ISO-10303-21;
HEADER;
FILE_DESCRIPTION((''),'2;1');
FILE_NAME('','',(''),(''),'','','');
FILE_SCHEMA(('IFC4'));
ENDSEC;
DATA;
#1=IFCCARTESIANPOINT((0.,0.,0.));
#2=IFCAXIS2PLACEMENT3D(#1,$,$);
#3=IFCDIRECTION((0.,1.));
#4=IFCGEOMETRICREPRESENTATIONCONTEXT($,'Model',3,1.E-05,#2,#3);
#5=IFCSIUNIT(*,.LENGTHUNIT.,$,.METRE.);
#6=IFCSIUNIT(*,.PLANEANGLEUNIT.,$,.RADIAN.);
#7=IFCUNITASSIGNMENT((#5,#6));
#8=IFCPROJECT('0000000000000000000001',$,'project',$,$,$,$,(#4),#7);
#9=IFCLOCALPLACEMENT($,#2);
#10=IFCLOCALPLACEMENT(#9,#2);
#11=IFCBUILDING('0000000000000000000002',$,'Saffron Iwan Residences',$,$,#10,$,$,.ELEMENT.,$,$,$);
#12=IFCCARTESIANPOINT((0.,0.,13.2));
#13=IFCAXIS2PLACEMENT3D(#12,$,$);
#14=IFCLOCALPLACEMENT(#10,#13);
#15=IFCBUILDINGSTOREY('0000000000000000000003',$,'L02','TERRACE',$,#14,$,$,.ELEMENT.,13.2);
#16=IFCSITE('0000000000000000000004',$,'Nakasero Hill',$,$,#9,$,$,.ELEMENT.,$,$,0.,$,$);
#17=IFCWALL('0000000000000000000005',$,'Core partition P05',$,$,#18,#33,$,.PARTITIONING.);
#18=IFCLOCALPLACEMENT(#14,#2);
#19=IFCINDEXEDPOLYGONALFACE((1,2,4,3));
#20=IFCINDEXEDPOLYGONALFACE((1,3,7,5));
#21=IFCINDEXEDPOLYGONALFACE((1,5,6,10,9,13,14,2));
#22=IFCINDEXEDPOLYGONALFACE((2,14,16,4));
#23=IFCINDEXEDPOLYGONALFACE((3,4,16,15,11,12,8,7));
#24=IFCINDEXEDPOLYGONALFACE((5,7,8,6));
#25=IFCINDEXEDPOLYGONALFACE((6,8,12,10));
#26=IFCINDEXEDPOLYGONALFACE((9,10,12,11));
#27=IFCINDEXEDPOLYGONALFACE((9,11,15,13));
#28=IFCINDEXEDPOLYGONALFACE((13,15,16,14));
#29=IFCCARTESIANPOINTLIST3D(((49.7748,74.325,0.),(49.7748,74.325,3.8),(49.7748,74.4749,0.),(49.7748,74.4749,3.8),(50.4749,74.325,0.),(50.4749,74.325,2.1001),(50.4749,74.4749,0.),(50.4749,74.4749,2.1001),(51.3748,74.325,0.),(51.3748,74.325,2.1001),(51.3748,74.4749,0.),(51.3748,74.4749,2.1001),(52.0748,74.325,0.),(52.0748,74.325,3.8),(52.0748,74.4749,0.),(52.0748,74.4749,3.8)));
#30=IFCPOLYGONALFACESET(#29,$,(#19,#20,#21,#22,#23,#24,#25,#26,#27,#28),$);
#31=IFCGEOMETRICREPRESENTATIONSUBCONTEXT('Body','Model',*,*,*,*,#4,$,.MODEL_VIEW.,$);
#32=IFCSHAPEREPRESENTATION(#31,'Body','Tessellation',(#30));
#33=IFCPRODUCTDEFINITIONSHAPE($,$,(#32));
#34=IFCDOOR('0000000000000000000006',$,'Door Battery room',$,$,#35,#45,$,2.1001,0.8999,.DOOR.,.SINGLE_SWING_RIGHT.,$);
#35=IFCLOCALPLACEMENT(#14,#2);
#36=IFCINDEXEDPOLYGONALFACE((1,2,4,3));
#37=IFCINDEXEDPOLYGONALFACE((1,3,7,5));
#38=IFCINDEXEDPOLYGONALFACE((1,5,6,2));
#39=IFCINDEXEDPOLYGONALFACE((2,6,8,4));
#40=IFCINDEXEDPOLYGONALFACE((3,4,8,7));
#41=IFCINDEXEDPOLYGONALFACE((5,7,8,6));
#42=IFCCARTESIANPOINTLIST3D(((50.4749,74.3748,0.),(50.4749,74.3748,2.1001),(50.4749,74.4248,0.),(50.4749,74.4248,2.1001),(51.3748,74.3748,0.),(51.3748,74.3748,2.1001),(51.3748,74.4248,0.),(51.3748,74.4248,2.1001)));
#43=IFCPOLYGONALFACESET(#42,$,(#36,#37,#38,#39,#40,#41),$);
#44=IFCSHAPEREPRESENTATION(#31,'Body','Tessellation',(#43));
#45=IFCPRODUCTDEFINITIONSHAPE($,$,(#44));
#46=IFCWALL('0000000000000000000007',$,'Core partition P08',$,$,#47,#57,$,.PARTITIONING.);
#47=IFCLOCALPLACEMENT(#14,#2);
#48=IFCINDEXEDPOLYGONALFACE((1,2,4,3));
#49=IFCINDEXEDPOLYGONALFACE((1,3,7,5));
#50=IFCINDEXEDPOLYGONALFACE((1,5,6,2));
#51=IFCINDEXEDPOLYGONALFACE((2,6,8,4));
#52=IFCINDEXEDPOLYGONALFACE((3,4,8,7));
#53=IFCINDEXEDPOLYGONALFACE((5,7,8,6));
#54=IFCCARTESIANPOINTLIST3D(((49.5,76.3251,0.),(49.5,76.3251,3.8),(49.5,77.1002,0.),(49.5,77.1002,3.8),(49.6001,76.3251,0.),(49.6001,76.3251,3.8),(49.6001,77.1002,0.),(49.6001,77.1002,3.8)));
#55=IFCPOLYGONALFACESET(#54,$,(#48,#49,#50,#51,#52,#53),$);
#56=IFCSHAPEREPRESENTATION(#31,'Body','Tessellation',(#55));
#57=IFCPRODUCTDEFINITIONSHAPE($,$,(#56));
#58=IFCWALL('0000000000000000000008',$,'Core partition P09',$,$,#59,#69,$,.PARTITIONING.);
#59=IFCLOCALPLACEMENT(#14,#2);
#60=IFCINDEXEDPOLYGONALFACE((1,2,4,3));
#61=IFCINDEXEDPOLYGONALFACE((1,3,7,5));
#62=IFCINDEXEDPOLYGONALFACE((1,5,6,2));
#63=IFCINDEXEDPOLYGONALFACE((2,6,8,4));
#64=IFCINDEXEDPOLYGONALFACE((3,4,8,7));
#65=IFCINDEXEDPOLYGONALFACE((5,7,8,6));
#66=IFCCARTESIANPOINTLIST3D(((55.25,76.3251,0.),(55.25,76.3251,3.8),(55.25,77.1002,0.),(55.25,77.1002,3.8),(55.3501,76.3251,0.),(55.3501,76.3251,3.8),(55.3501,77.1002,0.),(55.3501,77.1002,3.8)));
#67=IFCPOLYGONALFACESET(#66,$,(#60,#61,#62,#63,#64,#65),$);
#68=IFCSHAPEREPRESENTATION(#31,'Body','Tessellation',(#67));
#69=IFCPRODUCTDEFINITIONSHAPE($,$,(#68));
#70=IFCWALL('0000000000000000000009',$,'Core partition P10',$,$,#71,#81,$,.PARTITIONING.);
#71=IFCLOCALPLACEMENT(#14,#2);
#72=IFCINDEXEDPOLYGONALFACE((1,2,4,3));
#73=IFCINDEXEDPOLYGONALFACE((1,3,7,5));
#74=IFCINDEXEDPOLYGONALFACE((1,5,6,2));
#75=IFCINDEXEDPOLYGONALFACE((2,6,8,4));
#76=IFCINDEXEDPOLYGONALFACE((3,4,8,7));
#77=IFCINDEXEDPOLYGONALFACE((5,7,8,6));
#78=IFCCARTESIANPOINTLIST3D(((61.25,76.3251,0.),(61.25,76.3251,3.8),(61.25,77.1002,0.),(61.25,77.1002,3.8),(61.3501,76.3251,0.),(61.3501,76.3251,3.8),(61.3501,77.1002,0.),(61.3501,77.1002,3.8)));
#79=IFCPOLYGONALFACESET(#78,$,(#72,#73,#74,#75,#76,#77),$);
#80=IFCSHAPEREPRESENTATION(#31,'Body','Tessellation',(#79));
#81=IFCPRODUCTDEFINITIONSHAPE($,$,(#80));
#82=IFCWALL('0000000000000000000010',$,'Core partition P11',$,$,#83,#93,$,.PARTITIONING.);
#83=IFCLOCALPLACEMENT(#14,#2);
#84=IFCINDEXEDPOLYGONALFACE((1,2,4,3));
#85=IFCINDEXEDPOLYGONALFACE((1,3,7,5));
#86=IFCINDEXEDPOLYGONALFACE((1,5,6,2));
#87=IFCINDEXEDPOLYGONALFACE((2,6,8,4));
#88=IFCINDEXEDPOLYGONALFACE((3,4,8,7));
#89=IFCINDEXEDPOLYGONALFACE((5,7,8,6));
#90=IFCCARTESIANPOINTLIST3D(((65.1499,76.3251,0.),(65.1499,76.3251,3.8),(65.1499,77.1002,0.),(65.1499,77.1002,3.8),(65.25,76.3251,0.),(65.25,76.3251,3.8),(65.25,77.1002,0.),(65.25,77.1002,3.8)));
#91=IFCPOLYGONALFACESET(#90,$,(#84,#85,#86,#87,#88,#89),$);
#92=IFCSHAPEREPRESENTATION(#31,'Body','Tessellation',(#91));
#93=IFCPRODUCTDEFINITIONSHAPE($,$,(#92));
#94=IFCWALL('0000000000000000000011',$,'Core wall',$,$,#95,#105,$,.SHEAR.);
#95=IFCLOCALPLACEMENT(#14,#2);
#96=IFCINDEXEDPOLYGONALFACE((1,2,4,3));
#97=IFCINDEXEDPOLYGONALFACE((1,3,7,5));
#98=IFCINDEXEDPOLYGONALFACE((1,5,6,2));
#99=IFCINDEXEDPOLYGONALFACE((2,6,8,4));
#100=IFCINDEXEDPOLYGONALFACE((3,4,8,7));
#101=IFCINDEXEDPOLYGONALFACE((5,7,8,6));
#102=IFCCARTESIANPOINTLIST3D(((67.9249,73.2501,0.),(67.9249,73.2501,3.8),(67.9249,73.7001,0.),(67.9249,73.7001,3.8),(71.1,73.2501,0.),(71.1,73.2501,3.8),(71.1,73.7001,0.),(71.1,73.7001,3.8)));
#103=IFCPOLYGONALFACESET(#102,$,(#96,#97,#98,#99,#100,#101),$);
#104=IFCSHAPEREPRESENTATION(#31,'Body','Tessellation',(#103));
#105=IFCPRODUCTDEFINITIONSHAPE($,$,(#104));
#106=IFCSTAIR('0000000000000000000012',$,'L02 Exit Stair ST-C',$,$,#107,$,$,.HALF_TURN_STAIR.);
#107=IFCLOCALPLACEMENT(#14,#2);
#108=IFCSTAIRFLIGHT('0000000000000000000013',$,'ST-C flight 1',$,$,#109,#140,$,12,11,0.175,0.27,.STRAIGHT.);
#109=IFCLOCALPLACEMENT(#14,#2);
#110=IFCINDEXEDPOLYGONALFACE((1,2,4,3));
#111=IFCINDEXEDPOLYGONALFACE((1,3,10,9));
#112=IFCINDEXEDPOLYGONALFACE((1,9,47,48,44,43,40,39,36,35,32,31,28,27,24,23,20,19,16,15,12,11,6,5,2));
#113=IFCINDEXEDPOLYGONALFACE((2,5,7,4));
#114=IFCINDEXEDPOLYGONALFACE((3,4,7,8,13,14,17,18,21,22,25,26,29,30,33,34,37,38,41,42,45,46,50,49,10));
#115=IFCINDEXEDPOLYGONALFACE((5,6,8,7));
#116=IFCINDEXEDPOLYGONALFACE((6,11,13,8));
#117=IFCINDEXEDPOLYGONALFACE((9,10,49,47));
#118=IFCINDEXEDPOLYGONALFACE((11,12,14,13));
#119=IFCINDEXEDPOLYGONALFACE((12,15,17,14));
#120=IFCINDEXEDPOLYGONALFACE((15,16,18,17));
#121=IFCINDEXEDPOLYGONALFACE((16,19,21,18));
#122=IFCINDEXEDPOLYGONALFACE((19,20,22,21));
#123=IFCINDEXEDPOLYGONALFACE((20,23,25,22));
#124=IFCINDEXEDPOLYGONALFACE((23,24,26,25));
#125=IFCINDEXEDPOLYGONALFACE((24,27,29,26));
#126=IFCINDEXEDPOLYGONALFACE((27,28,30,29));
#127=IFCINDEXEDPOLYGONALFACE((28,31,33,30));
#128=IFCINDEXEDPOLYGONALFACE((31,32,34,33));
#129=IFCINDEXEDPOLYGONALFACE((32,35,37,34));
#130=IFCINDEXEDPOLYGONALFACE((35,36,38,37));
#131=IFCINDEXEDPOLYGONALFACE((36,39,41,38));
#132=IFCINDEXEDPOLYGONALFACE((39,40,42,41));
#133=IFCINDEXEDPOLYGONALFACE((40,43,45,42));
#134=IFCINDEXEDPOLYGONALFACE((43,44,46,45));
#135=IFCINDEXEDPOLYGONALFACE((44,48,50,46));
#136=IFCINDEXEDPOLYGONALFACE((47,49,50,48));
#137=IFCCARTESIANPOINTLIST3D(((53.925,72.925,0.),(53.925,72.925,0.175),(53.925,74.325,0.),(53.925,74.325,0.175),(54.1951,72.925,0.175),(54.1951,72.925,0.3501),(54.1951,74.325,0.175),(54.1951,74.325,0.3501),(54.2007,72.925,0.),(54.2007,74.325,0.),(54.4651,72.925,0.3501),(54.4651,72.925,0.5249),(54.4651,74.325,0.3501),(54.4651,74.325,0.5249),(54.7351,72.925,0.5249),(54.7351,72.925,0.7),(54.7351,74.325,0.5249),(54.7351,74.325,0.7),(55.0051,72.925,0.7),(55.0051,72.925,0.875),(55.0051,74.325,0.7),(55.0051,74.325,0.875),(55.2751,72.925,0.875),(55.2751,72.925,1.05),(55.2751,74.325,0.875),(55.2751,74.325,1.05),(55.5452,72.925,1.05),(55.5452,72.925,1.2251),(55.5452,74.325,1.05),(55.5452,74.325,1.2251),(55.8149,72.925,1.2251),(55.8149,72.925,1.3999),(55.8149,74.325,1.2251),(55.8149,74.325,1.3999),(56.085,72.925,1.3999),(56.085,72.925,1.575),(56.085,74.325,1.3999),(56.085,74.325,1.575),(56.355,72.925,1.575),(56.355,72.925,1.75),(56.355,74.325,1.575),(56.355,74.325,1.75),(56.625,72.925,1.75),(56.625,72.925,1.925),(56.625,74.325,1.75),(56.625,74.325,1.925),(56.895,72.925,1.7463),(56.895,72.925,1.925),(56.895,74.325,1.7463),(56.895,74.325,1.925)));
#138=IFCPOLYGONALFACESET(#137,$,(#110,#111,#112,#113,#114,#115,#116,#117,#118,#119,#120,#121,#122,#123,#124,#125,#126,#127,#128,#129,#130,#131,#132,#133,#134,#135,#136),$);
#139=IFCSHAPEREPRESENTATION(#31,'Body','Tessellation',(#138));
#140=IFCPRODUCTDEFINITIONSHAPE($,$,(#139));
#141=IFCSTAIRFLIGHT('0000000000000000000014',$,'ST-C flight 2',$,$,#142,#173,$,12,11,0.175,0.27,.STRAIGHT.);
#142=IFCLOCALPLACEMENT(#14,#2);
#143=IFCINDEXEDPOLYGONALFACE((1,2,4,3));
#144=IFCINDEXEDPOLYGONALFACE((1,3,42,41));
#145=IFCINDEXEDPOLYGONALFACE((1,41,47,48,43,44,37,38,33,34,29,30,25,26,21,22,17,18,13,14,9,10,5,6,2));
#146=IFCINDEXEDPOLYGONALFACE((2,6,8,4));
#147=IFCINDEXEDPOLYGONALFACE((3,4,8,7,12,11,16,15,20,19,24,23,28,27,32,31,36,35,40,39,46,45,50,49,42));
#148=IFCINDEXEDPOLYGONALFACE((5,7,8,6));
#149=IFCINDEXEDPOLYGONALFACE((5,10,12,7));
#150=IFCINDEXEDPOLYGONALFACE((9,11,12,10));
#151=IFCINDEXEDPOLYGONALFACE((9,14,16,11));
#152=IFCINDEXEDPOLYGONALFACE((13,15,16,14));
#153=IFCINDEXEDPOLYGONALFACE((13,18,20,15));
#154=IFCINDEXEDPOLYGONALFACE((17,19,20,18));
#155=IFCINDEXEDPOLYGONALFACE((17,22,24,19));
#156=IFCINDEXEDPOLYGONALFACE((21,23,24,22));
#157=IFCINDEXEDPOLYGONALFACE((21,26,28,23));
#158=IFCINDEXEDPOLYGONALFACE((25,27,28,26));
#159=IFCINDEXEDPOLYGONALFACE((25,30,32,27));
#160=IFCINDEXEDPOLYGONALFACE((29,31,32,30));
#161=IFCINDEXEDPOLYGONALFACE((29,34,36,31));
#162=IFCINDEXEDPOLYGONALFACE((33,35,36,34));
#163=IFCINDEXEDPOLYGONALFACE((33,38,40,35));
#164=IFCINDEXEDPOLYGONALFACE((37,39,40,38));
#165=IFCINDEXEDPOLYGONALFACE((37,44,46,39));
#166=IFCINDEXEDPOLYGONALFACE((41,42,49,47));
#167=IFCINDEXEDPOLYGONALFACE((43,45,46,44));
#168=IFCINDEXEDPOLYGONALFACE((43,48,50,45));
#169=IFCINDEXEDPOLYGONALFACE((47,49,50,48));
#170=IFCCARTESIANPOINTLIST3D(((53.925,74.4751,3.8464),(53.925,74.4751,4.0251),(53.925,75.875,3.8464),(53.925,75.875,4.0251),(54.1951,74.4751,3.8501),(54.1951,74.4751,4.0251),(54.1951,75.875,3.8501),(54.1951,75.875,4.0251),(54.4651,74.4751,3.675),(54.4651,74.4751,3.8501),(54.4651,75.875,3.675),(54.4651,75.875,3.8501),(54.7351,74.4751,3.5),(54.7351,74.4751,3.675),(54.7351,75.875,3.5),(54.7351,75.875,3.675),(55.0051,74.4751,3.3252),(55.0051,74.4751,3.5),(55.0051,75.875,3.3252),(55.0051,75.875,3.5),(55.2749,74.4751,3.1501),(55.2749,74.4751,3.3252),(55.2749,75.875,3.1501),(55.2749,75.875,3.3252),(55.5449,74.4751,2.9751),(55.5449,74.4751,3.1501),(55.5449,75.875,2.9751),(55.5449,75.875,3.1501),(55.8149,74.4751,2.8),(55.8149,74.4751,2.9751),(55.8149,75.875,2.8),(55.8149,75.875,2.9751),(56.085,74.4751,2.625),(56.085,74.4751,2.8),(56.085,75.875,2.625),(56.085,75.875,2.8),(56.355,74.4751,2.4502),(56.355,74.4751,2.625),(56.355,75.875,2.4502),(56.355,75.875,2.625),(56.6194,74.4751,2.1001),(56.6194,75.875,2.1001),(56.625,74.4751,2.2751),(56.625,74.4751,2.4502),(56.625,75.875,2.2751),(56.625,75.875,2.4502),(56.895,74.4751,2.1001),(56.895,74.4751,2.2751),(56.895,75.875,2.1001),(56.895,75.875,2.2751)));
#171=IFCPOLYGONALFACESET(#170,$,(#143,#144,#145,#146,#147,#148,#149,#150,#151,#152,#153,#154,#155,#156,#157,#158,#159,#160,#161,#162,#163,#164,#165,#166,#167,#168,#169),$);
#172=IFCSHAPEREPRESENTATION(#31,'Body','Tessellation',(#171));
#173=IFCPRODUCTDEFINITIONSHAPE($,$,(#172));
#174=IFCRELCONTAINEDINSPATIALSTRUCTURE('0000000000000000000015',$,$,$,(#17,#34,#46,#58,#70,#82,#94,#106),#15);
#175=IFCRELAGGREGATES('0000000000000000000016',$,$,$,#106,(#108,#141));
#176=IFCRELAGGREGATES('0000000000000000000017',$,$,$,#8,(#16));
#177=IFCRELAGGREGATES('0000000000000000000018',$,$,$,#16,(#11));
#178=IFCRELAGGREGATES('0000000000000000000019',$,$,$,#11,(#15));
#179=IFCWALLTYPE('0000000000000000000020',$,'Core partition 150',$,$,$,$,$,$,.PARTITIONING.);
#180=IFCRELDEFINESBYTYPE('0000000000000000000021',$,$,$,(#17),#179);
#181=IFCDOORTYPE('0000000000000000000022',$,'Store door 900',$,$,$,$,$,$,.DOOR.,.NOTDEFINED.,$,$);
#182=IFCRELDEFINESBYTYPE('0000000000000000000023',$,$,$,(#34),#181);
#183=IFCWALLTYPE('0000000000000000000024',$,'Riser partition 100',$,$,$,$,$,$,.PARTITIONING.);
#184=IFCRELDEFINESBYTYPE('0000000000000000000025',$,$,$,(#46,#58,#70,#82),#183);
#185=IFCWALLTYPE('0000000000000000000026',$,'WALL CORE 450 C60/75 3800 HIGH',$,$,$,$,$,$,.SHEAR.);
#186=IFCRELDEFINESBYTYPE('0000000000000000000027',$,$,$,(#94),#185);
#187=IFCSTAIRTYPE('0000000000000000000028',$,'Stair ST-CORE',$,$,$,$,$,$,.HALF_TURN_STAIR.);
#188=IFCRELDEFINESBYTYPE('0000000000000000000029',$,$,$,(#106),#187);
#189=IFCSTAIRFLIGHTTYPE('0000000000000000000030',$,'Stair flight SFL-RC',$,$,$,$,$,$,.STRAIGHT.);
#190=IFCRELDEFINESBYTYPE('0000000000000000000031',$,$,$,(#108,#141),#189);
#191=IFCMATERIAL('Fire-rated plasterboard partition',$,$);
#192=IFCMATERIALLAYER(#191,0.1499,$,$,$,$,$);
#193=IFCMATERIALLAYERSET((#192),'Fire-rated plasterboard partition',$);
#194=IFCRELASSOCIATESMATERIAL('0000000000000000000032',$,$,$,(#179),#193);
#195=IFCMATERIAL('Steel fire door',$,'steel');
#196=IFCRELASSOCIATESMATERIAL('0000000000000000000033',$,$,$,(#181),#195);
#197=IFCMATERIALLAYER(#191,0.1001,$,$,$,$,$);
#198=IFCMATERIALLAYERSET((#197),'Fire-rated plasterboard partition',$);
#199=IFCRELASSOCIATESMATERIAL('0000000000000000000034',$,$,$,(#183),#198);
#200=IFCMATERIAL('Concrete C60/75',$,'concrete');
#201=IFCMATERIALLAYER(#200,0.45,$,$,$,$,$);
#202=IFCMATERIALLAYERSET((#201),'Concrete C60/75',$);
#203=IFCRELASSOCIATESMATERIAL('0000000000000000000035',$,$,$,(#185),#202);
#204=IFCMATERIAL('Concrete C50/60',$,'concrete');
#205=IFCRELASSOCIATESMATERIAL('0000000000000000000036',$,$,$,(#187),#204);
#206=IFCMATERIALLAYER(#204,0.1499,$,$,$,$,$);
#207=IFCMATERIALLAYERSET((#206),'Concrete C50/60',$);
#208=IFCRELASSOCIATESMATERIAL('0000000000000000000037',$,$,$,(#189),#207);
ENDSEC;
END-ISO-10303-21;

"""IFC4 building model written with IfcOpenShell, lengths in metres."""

from ifc_helpers import new_model, si_unit, direction, frame, frame_2d, origin, place, context, subcontext, project, spatial, polyline, rectangle, outline, extrude, material, layer, layer_set, type_object, element, fill, aggregate, save


model = new_model("IFC4")

# Units and contexts
model_context = context("Model", 3, precision=1e-05, world=origin(), true_north=direction((0.0, 1.0)))
body_context = subcontext(model_context, "Body", "Model", "MODEL_VIEW")
ifc_project = project(units=[si_unit("LENGTHUNIT", "METRE"), si_unit("PLANEANGLEUNIT", "RADIAN")], contexts=[model_context])

# Site, building, storey
site_placement = place(None, origin())
site = spatial("IfcSite", under=ifc_project, at=site_placement, Name="Nakasero Hill", CompositionType="ELEMENT", RefElevation=0.0)
building_placement = place(site_placement, origin())
building = spatial("IfcBuilding", under=site, at=building_placement, Name="Saffron Iwan Residences", CompositionType="ELEMENT")
storey_placement = place(building_placement, frame((0.0, 0.0, 13.2)))
storey = spatial("IfcBuildingStorey", under=building, at=storey_placement, Name="L02", Description="TERRACE", CompositionType="ELEMENT", Elevation=13.2)

# Shared definitions
ifc_material_1 = material(Name="Concrete C50/60", Category="concrete")

# Wall, opening, door
ifc_material_2 = material(Name="Fire-rated plasterboard partition")
ifc_layer_1 = layer(ifc_material_2, 0.1499)
ifc_layer_set_1 = layer_set([ifc_layer_1], Name="Fire-rated plasterboard partition")
wall_type_1 = type_object("IfcWallType", Name="Core partition 150", PredefinedType="PARTITIONING", material=ifc_layer_set_1)
wall_1_placement = place(storey_placement, frame((49.7749, 74.3999, 0.0), z_axis=(0.0, 0.0, 1.0), x_axis=(1.0, 0.0, 0.0)))
wall_1 = element("IfcWall", 1, at=wall_1_placement, inside=storey, type_object=wall_type_1, Name="Core partition P05", PredefinedType="PARTITIONING", context=body_context, shape_type="SweptSolid", body=[
    extrude(rectangle(XDim=2.3, YDim=0.1499, at=frame_2d((1.1499, 0.0))), origin(), (0.0, 0.0, 1.0), 3.8),
])
opening_placement = place(wall_1_placement, frame((0.7, 0.0, 0.0)))
opening = element("IfcOpeningElement", 2, at=opening_placement, cuts=wall_1, PredefinedType="OPENING", context=body_context, shape_type="SweptSolid", body=[
    extrude(rectangle(XDim=0.8999, YDim=2.1001, at=frame_2d((0.45, 1.05))), frame((0.0, 0.085, 0.0), z_axis=(0.0, -1.0, 0.0), x_axis=(1.0, 0.0, 0.0)), (0.0, 0.0, 1.0), 0.1699),
])
ifc_material_3 = material(Name="Steel fire door", Category="steel")
door_type = type_object("IfcDoorType", Name="Store door 900", OperationType="NOTDEFINED", PredefinedType="DOOR", material=ifc_material_3)
door_placement = place(opening_placement, origin())
door = element("IfcDoor", 3, at=door_placement, inside=storey, type_object=door_type, Name="Door Battery room", OperationType="SINGLE_SWING_RIGHT", OverallHeight=2.1001, OverallWidth=0.8999, PredefinedType="DOOR", context=body_context, shape_type="SweptSolid", body=[
    extrude(rectangle(XDim=0.8999, YDim=2.1001, at=frame_2d((0.45, 1.05))), frame((0.0, 0.0249, 0.0), z_axis=(0.0, -1.0, 0.0), x_axis=(1.0, 0.0, 0.0)), (0.0, 0.0, 1.0), 0.05),
])
fill(opening, door)

# Walls
ifc_layer_2 = layer(ifc_material_2, 0.1001)
ifc_layer_set_2 = layer_set([ifc_layer_2], Name="Fire-rated plasterboard partition")
wall_type_2 = type_object("IfcWallType", Name="Riser partition 100", PredefinedType="PARTITIONING", material=ifc_layer_set_2)
for number, where, z_axis, x_axis, name in (
    (4, (49.55, 76.325, 0.0), (0.0, 0.0, 1.0), (0.0, 1.0, 0.0), "Core partition P08"),
    (5, (55.3, 76.325, 0.0), (0.0, 0.0, 1.0), (0.0, 1.0, 0.0), "Core partition P09"),
    (6, (61.3, 76.325, 0.0), (0.0, 0.0, 1.0), (0.0, 1.0, 0.0), "Core partition P10"),
    (7, (65.2, 76.325, 0.0), (0.0, 0.0, 1.0), (0.0, 1.0, 0.0), "Core partition P11"),
):
    element("IfcWall", number, at=place(storey_placement, frame(where, z_axis=z_axis, x_axis=x_axis)), inside=storey, type_object=wall_type_2, Name=name, PredefinedType="PARTITIONING", context=body_context, shape_type="SweptSolid", body=[
        extrude(rectangle(XDim=0.7751, YDim=0.1001, at=frame_2d((0.3877, 0.0))), origin(), (0.0, 0.0, 1.0), 3.8),
    ])
ifc_material_4 = material(Name="Concrete C60/75", Category="concrete")
ifc_layer_3 = layer(ifc_material_4, 0.45)
ifc_layer_set_3 = layer_set([ifc_layer_3], Name="Concrete C60/75")
wall_type_3 = type_object("IfcWallType", Name="WALL CORE 450 C60/75 3800 HIGH", PredefinedType="SHEAR", material=ifc_layer_set_3)
wall_2_placement = place(storey_placement, frame((67.925, 73.4751, 0.0), z_axis=(0.0, 0.0, 1.0), x_axis=(1.0, 0.0, 0.0)))
element("IfcWall", 8, at=wall_2_placement, inside=storey, type_object=wall_type_3, Name="Core wall", PredefinedType="SHEAR", context=body_context, shape_type="SweptSolid", body=[
    extrude(rectangle(XDim=3.175, YDim=0.45, at=frame_2d((1.5874, 0.0))), origin(), (0.0, 0.0, 1.0), 3.8),
])

# Stair, stair flights
stair_type = type_object("IfcStairType", Name="Stair ST-CORE", PredefinedType="HALF_TURN_STAIR", material=ifc_material_1)
stair_placement = place(storey_placement, origin())
stair = element("IfcStair", 9, at=stair_placement, inside=storey, type_object=stair_type, Name="L02 Exit Stair ST-C", PredefinedType="HALF_TURN_STAIR")
ifc_layer_4 = layer(ifc_material_1, 0.1499)
ifc_layer_set_4 = layer_set([ifc_layer_4], Name="Concrete C50/60")
stair_flight_type = type_object("IfcStairFlightType", Name="Stair flight SFL-RC", PredefinedType="STRAIGHT", material=ifc_layer_set_4)
stair_flight_1_placement = place(storey_placement, frame((53.925, 73.625, 0.0), z_axis=(0.0, 0.0, 1.0), x_axis=(1.0, 0.0, 0.0)))
stair_flight_1 = element("IfcStairFlight", 10, at=stair_flight_1_placement, type_object=stair_flight_type, Name="ST-C flight 1", NumberOfRisers=12, NumberOfTreads=11, PredefinedType="STRAIGHT", RiserHeight=0.175, TreadLength=0.27, context=body_context, shape_type="SweptSolid", body=[
    extrude(outline(polyline([(0.0, 0.0), (0.0, 0.175), (0.27, 0.175), (0.27, 0.3501), (0.54, 0.3501), (0.54, 0.5249), (0.8101, 0.5249), (0.8101, 0.7), (1.0801, 0.7), (1.0801, 0.875), (1.3501, 0.875), (1.3501, 1.05), (1.6201, 1.05), (1.6201, 1.2251), (1.8899, 1.2251), (1.8899, 1.3999), (2.1599, 1.3999), (2.1599, 1.575), (2.4299, 1.575), (2.4299, 1.75), (2.7, 1.75), (2.7, 1.925), (2.97, 1.925), (2.97, 2.1001), (2.97, 1.7463), (0.2756, 0.0), (0.0, 0.0)])), frame((0.0, 0.7, 0.0), z_axis=(0.0, -1.0, 0.0), x_axis=(1.0, 0.0, 0.0)), (0.0, 0.0, 1.0), 1.3999),
])
stair_flight_2_placement = place(storey_placement, frame((56.895, 75.175, 2.1001), z_axis=(0.0, 0.0, 1.0), x_axis=(-1.0, 0.0, 0.0)))
stair_flight_2 = element("IfcStairFlight", 11, at=stair_flight_2_placement, type_object=stair_flight_type, Name="ST-C flight 2", NumberOfRisers=12, NumberOfTreads=11, PredefinedType="STRAIGHT", RiserHeight=0.175, TreadLength=0.27, context=body_context, shape_type="SweptSolid", body=[
    extrude(outline(polyline([(0.0, 0.0), (0.0, 0.175), (0.27, 0.175), (0.27, 0.3501), (0.54, 0.3501), (0.54, 0.5249), (0.8101, 0.5249), (0.8101, 0.7), (1.0801, 0.7), (1.0801, 0.875), (1.3501, 0.875), (1.3501, 1.05), (1.6201, 1.05), (1.6201, 1.2251), (1.8899, 1.2251), (1.8899, 1.3999), (2.1599, 1.3999), (2.1599, 1.575), (2.4299, 1.575), (2.4299, 1.75), (2.7, 1.75), (2.7, 1.925), (2.97, 1.925), (2.97, 2.1001), (2.97, 1.7463), (0.2756, 0.0), (0.0, 0.0)])), frame((0.0, 0.7, 0.0), z_axis=(0.0, -1.0, 0.0), x_axis=(1.0, 0.0, 0.0)), (0.0, 0.0, 1.0), 1.3999),
])
aggregate(stair, [stair_flight_1, stair_flight_2])

save(model, "model.ifc")
